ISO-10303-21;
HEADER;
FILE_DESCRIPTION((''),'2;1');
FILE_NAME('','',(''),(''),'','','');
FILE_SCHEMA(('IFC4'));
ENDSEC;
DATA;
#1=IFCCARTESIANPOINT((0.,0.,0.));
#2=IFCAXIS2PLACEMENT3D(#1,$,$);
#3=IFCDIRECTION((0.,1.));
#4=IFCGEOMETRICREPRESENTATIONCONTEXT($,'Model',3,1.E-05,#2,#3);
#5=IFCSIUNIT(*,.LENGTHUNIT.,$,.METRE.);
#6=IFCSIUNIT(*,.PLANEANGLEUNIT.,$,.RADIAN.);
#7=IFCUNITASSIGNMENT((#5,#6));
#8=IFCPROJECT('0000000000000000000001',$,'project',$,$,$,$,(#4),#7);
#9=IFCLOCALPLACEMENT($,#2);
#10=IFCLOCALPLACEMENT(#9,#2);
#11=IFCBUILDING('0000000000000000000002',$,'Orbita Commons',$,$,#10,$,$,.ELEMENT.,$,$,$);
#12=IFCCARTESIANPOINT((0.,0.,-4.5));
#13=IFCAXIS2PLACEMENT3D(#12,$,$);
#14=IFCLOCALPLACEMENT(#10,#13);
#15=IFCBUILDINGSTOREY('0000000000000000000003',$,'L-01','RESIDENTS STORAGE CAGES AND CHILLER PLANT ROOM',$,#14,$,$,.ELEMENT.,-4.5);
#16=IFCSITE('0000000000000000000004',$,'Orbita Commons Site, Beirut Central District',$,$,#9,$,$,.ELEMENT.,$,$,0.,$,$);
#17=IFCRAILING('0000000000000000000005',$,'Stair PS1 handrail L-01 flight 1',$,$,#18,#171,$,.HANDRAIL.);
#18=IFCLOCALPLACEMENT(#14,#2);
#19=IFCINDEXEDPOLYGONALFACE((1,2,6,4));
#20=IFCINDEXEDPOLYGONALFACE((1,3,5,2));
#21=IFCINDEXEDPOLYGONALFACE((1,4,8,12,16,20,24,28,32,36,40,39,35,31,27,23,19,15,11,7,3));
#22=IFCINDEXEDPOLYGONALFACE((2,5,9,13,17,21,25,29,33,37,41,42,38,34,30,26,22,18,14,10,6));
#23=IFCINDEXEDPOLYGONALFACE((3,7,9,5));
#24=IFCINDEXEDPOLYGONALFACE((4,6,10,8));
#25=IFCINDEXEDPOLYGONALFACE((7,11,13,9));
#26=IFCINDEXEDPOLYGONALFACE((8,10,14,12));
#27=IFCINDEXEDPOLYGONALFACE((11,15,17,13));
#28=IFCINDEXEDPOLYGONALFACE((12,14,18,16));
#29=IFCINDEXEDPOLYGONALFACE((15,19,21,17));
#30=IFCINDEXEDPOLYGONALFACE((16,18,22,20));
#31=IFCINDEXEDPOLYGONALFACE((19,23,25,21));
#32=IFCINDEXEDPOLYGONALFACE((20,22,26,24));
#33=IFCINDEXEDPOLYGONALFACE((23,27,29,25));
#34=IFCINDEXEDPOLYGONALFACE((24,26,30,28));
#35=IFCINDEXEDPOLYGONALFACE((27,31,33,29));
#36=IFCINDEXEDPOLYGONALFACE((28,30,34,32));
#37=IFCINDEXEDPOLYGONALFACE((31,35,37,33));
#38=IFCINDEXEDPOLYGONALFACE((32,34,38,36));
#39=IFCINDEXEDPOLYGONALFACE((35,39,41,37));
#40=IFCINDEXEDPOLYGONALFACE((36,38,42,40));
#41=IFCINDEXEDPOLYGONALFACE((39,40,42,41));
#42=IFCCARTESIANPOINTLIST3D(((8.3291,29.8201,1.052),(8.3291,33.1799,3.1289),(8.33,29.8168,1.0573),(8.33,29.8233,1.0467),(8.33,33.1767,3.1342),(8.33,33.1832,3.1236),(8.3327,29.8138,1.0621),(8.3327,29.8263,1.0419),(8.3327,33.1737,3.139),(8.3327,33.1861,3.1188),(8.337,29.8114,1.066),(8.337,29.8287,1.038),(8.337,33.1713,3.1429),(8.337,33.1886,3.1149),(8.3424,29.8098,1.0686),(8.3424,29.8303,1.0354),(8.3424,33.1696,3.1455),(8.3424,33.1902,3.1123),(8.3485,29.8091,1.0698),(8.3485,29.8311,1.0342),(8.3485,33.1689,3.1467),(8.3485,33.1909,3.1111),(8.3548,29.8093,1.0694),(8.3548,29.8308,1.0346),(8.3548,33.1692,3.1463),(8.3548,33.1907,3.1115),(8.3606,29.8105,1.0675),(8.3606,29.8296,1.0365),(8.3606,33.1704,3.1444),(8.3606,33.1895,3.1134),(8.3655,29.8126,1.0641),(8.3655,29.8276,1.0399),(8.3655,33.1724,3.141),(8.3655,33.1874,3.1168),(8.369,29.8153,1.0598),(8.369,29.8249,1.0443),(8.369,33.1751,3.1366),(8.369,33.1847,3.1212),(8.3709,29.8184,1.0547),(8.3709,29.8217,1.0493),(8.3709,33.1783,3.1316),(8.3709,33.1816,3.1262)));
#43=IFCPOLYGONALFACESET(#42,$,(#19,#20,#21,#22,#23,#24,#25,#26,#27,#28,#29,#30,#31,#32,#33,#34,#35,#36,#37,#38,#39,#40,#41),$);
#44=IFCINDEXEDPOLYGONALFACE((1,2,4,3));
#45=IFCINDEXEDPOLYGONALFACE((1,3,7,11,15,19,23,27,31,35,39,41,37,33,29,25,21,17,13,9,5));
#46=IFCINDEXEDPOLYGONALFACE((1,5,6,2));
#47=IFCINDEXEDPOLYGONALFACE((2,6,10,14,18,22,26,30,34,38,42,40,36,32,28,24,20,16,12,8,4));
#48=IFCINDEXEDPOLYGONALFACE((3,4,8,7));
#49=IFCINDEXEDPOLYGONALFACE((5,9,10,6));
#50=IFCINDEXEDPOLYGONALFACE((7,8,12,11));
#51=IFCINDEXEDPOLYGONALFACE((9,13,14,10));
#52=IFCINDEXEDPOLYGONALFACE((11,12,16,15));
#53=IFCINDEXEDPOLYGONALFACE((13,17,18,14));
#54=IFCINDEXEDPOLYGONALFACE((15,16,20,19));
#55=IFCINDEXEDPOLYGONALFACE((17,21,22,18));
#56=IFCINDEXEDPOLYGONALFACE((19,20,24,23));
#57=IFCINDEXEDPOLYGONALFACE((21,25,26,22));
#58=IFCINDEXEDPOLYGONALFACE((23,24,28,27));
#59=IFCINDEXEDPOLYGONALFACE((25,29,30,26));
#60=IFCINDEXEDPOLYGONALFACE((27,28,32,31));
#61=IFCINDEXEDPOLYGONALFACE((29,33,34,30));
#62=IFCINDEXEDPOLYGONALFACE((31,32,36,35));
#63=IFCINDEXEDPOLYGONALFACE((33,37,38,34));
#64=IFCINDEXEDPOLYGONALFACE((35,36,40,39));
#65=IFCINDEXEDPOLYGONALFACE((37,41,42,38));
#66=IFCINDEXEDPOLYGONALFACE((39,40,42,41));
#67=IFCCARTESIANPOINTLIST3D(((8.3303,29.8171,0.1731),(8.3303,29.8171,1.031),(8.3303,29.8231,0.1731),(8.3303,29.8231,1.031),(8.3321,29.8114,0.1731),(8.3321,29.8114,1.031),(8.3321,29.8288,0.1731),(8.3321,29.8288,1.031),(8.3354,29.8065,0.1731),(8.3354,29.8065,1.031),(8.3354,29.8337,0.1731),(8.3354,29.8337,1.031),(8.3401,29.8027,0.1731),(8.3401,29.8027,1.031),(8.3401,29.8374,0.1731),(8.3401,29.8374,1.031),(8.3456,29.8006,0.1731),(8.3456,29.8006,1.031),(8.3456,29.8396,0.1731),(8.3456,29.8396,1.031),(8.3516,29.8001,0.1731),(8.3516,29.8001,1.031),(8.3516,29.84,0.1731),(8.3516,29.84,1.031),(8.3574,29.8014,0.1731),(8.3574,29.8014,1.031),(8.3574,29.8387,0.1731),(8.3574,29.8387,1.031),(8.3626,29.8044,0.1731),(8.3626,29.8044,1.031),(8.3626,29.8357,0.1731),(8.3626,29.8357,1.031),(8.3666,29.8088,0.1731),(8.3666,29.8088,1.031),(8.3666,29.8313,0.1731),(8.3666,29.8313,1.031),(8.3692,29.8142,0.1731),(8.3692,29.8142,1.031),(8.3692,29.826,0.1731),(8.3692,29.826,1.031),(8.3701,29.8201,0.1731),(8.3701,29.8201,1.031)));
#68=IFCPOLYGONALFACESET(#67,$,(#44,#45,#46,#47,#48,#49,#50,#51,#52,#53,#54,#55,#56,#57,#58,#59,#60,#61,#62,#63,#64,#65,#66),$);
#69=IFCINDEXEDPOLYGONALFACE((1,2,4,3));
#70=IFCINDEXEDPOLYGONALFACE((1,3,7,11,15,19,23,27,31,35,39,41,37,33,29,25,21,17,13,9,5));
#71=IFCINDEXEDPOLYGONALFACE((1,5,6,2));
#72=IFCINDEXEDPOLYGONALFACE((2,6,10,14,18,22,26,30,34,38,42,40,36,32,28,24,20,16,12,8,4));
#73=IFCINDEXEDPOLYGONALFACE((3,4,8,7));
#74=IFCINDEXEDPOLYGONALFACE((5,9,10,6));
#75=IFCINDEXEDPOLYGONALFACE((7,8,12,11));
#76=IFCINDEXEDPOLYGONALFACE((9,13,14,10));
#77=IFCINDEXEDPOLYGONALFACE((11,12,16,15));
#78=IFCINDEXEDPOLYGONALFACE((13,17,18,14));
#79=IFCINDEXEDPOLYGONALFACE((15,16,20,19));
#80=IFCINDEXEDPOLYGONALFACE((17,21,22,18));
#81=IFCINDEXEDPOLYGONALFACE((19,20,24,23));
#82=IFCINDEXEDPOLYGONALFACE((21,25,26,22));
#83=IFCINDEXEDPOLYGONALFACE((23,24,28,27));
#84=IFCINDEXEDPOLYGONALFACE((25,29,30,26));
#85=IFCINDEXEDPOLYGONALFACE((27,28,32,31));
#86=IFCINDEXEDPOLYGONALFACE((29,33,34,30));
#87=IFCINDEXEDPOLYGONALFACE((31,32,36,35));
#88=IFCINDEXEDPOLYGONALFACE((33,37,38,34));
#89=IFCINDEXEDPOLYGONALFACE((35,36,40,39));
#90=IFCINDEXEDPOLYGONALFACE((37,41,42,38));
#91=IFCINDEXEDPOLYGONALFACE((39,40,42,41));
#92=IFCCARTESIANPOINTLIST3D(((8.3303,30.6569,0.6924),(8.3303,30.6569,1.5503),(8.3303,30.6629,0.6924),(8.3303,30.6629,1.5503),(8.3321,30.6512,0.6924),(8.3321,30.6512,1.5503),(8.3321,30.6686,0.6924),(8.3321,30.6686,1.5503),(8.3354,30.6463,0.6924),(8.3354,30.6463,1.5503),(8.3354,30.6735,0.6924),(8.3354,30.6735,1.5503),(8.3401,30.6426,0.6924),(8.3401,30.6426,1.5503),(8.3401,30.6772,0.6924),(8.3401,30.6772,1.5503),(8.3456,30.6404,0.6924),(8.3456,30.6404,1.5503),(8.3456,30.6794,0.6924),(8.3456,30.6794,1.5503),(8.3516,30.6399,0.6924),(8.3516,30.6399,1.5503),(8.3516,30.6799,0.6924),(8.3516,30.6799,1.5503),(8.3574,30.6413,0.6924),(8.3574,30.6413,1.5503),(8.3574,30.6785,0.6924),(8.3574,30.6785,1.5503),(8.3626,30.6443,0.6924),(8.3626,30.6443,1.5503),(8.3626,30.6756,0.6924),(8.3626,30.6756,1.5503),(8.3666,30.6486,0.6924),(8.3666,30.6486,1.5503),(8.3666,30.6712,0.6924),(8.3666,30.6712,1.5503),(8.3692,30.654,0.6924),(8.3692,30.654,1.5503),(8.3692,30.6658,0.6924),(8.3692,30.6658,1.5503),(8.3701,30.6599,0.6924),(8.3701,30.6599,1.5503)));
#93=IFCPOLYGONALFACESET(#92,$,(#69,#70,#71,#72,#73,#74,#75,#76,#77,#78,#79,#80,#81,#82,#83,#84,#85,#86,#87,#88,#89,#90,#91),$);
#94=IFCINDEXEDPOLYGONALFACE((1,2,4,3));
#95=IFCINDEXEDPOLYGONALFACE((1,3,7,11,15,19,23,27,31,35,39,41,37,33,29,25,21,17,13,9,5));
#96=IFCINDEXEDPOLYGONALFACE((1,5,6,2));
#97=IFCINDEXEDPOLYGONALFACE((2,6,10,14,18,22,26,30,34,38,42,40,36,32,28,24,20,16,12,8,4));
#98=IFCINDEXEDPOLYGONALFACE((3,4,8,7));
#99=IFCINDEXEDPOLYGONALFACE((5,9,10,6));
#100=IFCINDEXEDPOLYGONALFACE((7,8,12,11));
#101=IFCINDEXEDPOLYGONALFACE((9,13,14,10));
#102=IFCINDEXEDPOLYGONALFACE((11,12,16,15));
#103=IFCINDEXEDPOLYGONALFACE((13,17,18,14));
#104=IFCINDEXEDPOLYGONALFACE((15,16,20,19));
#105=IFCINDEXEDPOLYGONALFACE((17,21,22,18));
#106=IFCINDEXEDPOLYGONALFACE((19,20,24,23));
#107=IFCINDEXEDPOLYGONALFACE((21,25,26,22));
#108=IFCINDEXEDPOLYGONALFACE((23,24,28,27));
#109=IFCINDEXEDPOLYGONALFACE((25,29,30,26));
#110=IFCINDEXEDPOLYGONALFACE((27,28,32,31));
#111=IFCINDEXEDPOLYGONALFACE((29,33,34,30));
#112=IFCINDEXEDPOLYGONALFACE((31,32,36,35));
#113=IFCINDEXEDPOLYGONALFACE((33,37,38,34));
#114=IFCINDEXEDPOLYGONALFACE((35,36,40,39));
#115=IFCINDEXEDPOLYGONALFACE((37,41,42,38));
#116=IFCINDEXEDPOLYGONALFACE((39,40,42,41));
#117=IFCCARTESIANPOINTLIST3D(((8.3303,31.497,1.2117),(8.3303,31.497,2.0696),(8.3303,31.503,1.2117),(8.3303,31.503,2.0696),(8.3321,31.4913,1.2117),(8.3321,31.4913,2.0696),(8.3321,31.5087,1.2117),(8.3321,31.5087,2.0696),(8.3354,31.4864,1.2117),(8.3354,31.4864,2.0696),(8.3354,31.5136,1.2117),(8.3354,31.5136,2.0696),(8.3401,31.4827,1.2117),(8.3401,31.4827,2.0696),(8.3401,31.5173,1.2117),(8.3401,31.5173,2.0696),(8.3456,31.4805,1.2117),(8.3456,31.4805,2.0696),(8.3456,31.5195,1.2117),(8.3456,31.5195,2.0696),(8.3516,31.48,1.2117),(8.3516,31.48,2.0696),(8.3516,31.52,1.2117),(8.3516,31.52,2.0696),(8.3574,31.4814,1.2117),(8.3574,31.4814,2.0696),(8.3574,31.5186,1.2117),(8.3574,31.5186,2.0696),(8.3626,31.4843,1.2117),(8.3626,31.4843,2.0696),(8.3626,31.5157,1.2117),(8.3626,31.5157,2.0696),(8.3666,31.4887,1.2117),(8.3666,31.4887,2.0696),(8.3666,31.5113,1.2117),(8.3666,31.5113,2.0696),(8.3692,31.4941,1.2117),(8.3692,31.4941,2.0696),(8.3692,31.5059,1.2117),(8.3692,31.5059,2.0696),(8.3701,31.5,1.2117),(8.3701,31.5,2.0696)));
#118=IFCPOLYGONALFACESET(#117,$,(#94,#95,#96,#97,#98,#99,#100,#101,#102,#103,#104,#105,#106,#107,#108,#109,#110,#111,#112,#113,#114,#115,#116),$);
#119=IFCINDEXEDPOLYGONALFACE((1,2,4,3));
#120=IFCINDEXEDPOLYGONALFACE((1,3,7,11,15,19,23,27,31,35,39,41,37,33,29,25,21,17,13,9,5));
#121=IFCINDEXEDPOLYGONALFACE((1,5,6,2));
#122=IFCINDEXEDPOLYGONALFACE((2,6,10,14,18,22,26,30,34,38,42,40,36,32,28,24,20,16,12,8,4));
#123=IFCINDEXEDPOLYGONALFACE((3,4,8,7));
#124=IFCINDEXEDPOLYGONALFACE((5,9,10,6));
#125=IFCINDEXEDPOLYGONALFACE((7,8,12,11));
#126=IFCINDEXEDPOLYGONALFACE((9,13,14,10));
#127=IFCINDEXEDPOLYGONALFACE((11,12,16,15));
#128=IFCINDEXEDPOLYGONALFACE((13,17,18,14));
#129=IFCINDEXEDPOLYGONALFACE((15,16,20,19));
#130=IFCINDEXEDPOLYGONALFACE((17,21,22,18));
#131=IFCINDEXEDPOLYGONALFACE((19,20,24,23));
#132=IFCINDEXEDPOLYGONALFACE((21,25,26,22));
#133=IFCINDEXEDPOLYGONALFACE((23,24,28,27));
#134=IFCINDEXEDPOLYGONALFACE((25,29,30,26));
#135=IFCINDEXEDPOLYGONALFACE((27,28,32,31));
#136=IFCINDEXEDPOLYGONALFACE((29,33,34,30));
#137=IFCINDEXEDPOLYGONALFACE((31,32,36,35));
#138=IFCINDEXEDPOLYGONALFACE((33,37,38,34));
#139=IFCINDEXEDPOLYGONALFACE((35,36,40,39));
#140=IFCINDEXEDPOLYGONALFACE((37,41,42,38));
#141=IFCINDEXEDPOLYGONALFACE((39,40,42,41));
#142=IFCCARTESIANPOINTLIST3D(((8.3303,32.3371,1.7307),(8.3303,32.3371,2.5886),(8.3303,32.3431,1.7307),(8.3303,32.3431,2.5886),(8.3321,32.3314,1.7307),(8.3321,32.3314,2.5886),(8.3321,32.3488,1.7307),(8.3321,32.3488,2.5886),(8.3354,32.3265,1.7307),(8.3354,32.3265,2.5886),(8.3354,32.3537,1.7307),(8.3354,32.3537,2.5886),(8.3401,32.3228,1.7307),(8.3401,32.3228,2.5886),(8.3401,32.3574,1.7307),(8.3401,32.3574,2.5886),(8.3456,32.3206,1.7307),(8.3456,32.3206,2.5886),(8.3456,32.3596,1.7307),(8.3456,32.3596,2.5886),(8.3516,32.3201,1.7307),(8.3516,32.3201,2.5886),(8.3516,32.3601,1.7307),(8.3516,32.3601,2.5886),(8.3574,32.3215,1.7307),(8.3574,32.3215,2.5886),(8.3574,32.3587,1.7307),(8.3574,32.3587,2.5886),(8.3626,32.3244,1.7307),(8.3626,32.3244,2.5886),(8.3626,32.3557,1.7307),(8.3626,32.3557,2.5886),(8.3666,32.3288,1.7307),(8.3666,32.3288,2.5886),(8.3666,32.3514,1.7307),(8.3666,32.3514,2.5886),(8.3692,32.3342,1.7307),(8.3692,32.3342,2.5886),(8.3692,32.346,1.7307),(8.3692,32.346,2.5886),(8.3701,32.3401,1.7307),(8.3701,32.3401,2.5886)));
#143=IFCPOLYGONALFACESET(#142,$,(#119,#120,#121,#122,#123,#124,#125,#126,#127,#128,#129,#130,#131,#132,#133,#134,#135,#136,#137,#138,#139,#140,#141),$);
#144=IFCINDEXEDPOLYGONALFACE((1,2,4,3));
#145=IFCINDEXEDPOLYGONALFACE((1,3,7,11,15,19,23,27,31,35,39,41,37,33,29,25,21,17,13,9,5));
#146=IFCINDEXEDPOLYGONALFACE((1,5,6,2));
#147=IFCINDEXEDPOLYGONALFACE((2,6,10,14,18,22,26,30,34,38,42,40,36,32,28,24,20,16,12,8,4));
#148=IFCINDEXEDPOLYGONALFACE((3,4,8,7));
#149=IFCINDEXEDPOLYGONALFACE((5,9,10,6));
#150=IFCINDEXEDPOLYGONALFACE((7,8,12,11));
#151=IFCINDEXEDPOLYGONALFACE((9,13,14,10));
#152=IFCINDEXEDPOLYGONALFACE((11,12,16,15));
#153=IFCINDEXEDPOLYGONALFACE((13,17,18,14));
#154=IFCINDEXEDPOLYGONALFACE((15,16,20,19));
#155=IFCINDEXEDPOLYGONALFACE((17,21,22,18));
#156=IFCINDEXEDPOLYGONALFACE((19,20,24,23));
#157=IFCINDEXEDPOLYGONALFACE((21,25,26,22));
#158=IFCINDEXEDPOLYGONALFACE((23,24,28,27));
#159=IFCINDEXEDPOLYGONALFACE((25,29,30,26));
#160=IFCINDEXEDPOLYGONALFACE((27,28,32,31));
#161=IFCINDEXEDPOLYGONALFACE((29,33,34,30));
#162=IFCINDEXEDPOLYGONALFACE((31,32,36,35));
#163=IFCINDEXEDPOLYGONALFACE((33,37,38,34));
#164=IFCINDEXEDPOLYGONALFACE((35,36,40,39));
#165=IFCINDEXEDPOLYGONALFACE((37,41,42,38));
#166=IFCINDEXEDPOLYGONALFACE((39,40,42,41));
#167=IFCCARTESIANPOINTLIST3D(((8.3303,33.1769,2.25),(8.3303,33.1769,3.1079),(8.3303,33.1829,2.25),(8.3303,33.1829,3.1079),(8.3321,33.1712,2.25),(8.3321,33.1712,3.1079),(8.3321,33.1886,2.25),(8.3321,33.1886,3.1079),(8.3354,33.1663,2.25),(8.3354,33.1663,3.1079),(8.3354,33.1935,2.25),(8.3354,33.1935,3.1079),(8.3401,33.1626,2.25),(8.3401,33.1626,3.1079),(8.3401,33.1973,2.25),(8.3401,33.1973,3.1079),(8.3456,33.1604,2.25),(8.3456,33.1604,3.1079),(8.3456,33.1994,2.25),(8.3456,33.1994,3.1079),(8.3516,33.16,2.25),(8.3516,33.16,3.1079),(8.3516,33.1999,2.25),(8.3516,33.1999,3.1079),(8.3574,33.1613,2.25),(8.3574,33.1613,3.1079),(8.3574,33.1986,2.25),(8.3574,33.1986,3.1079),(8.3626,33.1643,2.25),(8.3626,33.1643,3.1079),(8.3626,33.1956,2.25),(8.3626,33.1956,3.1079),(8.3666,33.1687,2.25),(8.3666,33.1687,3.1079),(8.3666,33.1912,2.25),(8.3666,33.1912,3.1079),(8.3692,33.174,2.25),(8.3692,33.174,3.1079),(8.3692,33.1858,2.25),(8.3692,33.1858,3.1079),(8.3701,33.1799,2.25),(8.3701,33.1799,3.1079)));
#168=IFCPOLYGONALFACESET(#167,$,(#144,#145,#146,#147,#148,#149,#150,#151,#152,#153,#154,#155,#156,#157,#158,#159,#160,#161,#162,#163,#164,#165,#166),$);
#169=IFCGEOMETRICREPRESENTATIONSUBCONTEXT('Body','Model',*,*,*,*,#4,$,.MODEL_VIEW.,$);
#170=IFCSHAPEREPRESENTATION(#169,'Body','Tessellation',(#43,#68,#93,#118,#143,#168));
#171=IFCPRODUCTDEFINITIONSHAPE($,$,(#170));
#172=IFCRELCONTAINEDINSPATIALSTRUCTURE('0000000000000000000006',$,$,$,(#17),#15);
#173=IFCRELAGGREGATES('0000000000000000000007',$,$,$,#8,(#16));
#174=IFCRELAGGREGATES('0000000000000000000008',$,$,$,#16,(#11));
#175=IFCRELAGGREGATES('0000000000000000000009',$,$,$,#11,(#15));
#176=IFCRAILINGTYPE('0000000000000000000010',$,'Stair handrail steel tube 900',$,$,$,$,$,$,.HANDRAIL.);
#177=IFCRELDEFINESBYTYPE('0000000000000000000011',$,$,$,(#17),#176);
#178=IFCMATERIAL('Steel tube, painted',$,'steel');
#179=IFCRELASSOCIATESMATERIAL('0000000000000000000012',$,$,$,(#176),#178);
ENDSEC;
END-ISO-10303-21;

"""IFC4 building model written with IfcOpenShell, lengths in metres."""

from ifc_helpers import new_model, si_unit, direction, frame, origin, origin_2d, place, context, subcontext, project, spatial, circle, extrude, material, type_object, element, save


model = new_model("IFC4")

# Units and contexts
model_context = context("Model", 3, precision=1e-05, world=origin(), true_north=direction((0.0, 1.0)))
body_context = subcontext(model_context, "Body", "Model", "MODEL_VIEW")
ifc_project = project(units=[si_unit("LENGTHUNIT", "METRE"), si_unit("PLANEANGLEUNIT", "RADIAN")], contexts=[model_context])

# Site, building, storey
site_placement = place(None, origin())
site = spatial("IfcSite", under=ifc_project, at=site_placement, Name="Orbita Commons Site, Beirut Central District", CompositionType="ELEMENT", RefElevation=0.0)
building_placement = place(site_placement, origin())
building = spatial("IfcBuilding", under=site, at=building_placement, Name="Orbita Commons", CompositionType="ELEMENT")
storey_placement = place(building_placement, frame((0.0, 0.0, -4.5)))
storey = spatial("IfcBuildingStorey", under=building, at=storey_placement, Name="L-01", Description="RESIDENTS STORAGE CAGES AND CHILLER PLANT ROOM", CompositionType="ELEMENT", Elevation=-4.5)

# Railing
ifc_material_1 = material(Name="Steel tube, painted", Category="steel")
railing_type_1 = type_object("IfcRailingType", Name="Stair handrail steel tube 900", PredefinedType="HANDRAIL", material=ifc_material_1)
for number, where, name in (
    (1, (8.3501, 29.8201, 0.1731), "Stair PS1 handrail L-01 flight 1"),
):
    element("IfcRailing", number, at=place(storey_placement, frame(where)), inside=storey, type_object=railing_type_1, Name=name, PredefinedType="HANDRAIL", context=body_context, shape_type="SweptSolid", body=[
        extrude(circle(Radius=0.021, at=origin_2d()), frame((0.0, 0.0, 0.8789), z_axis=(0.0, 0.850606, 0.525803), x_axis=(-1.0, 0.0, 0.0)), (0.0, 0.0, 1.0), 3.95),
        extrude(circle(Radius=0.02, at=origin_2d()), origin(), (0.0, 0.0, 1.0), 0.8579),
        extrude(circle(Radius=0.02, at=origin_2d()), frame((0.0, 0.8398, 0.5193)), (0.0, 0.0, 1.0), 0.8579),
        extrude(circle(Radius=0.02, at=origin_2d()), frame((0.0, 1.6799, 1.0386)), (0.0, 0.0, 1.0), 0.8579),
        extrude(circle(Radius=0.02, at=origin_2d()), frame((0.0, 2.52, 1.5576)), (0.0, 0.0, 1.0), 0.8579),
        extrude(circle(Radius=0.02, at=origin_2d()), frame((0.0, 3.3599, 2.0769)), (0.0, 0.0, 1.0), 0.8579),
    ])

save(model, "model.ifc")
